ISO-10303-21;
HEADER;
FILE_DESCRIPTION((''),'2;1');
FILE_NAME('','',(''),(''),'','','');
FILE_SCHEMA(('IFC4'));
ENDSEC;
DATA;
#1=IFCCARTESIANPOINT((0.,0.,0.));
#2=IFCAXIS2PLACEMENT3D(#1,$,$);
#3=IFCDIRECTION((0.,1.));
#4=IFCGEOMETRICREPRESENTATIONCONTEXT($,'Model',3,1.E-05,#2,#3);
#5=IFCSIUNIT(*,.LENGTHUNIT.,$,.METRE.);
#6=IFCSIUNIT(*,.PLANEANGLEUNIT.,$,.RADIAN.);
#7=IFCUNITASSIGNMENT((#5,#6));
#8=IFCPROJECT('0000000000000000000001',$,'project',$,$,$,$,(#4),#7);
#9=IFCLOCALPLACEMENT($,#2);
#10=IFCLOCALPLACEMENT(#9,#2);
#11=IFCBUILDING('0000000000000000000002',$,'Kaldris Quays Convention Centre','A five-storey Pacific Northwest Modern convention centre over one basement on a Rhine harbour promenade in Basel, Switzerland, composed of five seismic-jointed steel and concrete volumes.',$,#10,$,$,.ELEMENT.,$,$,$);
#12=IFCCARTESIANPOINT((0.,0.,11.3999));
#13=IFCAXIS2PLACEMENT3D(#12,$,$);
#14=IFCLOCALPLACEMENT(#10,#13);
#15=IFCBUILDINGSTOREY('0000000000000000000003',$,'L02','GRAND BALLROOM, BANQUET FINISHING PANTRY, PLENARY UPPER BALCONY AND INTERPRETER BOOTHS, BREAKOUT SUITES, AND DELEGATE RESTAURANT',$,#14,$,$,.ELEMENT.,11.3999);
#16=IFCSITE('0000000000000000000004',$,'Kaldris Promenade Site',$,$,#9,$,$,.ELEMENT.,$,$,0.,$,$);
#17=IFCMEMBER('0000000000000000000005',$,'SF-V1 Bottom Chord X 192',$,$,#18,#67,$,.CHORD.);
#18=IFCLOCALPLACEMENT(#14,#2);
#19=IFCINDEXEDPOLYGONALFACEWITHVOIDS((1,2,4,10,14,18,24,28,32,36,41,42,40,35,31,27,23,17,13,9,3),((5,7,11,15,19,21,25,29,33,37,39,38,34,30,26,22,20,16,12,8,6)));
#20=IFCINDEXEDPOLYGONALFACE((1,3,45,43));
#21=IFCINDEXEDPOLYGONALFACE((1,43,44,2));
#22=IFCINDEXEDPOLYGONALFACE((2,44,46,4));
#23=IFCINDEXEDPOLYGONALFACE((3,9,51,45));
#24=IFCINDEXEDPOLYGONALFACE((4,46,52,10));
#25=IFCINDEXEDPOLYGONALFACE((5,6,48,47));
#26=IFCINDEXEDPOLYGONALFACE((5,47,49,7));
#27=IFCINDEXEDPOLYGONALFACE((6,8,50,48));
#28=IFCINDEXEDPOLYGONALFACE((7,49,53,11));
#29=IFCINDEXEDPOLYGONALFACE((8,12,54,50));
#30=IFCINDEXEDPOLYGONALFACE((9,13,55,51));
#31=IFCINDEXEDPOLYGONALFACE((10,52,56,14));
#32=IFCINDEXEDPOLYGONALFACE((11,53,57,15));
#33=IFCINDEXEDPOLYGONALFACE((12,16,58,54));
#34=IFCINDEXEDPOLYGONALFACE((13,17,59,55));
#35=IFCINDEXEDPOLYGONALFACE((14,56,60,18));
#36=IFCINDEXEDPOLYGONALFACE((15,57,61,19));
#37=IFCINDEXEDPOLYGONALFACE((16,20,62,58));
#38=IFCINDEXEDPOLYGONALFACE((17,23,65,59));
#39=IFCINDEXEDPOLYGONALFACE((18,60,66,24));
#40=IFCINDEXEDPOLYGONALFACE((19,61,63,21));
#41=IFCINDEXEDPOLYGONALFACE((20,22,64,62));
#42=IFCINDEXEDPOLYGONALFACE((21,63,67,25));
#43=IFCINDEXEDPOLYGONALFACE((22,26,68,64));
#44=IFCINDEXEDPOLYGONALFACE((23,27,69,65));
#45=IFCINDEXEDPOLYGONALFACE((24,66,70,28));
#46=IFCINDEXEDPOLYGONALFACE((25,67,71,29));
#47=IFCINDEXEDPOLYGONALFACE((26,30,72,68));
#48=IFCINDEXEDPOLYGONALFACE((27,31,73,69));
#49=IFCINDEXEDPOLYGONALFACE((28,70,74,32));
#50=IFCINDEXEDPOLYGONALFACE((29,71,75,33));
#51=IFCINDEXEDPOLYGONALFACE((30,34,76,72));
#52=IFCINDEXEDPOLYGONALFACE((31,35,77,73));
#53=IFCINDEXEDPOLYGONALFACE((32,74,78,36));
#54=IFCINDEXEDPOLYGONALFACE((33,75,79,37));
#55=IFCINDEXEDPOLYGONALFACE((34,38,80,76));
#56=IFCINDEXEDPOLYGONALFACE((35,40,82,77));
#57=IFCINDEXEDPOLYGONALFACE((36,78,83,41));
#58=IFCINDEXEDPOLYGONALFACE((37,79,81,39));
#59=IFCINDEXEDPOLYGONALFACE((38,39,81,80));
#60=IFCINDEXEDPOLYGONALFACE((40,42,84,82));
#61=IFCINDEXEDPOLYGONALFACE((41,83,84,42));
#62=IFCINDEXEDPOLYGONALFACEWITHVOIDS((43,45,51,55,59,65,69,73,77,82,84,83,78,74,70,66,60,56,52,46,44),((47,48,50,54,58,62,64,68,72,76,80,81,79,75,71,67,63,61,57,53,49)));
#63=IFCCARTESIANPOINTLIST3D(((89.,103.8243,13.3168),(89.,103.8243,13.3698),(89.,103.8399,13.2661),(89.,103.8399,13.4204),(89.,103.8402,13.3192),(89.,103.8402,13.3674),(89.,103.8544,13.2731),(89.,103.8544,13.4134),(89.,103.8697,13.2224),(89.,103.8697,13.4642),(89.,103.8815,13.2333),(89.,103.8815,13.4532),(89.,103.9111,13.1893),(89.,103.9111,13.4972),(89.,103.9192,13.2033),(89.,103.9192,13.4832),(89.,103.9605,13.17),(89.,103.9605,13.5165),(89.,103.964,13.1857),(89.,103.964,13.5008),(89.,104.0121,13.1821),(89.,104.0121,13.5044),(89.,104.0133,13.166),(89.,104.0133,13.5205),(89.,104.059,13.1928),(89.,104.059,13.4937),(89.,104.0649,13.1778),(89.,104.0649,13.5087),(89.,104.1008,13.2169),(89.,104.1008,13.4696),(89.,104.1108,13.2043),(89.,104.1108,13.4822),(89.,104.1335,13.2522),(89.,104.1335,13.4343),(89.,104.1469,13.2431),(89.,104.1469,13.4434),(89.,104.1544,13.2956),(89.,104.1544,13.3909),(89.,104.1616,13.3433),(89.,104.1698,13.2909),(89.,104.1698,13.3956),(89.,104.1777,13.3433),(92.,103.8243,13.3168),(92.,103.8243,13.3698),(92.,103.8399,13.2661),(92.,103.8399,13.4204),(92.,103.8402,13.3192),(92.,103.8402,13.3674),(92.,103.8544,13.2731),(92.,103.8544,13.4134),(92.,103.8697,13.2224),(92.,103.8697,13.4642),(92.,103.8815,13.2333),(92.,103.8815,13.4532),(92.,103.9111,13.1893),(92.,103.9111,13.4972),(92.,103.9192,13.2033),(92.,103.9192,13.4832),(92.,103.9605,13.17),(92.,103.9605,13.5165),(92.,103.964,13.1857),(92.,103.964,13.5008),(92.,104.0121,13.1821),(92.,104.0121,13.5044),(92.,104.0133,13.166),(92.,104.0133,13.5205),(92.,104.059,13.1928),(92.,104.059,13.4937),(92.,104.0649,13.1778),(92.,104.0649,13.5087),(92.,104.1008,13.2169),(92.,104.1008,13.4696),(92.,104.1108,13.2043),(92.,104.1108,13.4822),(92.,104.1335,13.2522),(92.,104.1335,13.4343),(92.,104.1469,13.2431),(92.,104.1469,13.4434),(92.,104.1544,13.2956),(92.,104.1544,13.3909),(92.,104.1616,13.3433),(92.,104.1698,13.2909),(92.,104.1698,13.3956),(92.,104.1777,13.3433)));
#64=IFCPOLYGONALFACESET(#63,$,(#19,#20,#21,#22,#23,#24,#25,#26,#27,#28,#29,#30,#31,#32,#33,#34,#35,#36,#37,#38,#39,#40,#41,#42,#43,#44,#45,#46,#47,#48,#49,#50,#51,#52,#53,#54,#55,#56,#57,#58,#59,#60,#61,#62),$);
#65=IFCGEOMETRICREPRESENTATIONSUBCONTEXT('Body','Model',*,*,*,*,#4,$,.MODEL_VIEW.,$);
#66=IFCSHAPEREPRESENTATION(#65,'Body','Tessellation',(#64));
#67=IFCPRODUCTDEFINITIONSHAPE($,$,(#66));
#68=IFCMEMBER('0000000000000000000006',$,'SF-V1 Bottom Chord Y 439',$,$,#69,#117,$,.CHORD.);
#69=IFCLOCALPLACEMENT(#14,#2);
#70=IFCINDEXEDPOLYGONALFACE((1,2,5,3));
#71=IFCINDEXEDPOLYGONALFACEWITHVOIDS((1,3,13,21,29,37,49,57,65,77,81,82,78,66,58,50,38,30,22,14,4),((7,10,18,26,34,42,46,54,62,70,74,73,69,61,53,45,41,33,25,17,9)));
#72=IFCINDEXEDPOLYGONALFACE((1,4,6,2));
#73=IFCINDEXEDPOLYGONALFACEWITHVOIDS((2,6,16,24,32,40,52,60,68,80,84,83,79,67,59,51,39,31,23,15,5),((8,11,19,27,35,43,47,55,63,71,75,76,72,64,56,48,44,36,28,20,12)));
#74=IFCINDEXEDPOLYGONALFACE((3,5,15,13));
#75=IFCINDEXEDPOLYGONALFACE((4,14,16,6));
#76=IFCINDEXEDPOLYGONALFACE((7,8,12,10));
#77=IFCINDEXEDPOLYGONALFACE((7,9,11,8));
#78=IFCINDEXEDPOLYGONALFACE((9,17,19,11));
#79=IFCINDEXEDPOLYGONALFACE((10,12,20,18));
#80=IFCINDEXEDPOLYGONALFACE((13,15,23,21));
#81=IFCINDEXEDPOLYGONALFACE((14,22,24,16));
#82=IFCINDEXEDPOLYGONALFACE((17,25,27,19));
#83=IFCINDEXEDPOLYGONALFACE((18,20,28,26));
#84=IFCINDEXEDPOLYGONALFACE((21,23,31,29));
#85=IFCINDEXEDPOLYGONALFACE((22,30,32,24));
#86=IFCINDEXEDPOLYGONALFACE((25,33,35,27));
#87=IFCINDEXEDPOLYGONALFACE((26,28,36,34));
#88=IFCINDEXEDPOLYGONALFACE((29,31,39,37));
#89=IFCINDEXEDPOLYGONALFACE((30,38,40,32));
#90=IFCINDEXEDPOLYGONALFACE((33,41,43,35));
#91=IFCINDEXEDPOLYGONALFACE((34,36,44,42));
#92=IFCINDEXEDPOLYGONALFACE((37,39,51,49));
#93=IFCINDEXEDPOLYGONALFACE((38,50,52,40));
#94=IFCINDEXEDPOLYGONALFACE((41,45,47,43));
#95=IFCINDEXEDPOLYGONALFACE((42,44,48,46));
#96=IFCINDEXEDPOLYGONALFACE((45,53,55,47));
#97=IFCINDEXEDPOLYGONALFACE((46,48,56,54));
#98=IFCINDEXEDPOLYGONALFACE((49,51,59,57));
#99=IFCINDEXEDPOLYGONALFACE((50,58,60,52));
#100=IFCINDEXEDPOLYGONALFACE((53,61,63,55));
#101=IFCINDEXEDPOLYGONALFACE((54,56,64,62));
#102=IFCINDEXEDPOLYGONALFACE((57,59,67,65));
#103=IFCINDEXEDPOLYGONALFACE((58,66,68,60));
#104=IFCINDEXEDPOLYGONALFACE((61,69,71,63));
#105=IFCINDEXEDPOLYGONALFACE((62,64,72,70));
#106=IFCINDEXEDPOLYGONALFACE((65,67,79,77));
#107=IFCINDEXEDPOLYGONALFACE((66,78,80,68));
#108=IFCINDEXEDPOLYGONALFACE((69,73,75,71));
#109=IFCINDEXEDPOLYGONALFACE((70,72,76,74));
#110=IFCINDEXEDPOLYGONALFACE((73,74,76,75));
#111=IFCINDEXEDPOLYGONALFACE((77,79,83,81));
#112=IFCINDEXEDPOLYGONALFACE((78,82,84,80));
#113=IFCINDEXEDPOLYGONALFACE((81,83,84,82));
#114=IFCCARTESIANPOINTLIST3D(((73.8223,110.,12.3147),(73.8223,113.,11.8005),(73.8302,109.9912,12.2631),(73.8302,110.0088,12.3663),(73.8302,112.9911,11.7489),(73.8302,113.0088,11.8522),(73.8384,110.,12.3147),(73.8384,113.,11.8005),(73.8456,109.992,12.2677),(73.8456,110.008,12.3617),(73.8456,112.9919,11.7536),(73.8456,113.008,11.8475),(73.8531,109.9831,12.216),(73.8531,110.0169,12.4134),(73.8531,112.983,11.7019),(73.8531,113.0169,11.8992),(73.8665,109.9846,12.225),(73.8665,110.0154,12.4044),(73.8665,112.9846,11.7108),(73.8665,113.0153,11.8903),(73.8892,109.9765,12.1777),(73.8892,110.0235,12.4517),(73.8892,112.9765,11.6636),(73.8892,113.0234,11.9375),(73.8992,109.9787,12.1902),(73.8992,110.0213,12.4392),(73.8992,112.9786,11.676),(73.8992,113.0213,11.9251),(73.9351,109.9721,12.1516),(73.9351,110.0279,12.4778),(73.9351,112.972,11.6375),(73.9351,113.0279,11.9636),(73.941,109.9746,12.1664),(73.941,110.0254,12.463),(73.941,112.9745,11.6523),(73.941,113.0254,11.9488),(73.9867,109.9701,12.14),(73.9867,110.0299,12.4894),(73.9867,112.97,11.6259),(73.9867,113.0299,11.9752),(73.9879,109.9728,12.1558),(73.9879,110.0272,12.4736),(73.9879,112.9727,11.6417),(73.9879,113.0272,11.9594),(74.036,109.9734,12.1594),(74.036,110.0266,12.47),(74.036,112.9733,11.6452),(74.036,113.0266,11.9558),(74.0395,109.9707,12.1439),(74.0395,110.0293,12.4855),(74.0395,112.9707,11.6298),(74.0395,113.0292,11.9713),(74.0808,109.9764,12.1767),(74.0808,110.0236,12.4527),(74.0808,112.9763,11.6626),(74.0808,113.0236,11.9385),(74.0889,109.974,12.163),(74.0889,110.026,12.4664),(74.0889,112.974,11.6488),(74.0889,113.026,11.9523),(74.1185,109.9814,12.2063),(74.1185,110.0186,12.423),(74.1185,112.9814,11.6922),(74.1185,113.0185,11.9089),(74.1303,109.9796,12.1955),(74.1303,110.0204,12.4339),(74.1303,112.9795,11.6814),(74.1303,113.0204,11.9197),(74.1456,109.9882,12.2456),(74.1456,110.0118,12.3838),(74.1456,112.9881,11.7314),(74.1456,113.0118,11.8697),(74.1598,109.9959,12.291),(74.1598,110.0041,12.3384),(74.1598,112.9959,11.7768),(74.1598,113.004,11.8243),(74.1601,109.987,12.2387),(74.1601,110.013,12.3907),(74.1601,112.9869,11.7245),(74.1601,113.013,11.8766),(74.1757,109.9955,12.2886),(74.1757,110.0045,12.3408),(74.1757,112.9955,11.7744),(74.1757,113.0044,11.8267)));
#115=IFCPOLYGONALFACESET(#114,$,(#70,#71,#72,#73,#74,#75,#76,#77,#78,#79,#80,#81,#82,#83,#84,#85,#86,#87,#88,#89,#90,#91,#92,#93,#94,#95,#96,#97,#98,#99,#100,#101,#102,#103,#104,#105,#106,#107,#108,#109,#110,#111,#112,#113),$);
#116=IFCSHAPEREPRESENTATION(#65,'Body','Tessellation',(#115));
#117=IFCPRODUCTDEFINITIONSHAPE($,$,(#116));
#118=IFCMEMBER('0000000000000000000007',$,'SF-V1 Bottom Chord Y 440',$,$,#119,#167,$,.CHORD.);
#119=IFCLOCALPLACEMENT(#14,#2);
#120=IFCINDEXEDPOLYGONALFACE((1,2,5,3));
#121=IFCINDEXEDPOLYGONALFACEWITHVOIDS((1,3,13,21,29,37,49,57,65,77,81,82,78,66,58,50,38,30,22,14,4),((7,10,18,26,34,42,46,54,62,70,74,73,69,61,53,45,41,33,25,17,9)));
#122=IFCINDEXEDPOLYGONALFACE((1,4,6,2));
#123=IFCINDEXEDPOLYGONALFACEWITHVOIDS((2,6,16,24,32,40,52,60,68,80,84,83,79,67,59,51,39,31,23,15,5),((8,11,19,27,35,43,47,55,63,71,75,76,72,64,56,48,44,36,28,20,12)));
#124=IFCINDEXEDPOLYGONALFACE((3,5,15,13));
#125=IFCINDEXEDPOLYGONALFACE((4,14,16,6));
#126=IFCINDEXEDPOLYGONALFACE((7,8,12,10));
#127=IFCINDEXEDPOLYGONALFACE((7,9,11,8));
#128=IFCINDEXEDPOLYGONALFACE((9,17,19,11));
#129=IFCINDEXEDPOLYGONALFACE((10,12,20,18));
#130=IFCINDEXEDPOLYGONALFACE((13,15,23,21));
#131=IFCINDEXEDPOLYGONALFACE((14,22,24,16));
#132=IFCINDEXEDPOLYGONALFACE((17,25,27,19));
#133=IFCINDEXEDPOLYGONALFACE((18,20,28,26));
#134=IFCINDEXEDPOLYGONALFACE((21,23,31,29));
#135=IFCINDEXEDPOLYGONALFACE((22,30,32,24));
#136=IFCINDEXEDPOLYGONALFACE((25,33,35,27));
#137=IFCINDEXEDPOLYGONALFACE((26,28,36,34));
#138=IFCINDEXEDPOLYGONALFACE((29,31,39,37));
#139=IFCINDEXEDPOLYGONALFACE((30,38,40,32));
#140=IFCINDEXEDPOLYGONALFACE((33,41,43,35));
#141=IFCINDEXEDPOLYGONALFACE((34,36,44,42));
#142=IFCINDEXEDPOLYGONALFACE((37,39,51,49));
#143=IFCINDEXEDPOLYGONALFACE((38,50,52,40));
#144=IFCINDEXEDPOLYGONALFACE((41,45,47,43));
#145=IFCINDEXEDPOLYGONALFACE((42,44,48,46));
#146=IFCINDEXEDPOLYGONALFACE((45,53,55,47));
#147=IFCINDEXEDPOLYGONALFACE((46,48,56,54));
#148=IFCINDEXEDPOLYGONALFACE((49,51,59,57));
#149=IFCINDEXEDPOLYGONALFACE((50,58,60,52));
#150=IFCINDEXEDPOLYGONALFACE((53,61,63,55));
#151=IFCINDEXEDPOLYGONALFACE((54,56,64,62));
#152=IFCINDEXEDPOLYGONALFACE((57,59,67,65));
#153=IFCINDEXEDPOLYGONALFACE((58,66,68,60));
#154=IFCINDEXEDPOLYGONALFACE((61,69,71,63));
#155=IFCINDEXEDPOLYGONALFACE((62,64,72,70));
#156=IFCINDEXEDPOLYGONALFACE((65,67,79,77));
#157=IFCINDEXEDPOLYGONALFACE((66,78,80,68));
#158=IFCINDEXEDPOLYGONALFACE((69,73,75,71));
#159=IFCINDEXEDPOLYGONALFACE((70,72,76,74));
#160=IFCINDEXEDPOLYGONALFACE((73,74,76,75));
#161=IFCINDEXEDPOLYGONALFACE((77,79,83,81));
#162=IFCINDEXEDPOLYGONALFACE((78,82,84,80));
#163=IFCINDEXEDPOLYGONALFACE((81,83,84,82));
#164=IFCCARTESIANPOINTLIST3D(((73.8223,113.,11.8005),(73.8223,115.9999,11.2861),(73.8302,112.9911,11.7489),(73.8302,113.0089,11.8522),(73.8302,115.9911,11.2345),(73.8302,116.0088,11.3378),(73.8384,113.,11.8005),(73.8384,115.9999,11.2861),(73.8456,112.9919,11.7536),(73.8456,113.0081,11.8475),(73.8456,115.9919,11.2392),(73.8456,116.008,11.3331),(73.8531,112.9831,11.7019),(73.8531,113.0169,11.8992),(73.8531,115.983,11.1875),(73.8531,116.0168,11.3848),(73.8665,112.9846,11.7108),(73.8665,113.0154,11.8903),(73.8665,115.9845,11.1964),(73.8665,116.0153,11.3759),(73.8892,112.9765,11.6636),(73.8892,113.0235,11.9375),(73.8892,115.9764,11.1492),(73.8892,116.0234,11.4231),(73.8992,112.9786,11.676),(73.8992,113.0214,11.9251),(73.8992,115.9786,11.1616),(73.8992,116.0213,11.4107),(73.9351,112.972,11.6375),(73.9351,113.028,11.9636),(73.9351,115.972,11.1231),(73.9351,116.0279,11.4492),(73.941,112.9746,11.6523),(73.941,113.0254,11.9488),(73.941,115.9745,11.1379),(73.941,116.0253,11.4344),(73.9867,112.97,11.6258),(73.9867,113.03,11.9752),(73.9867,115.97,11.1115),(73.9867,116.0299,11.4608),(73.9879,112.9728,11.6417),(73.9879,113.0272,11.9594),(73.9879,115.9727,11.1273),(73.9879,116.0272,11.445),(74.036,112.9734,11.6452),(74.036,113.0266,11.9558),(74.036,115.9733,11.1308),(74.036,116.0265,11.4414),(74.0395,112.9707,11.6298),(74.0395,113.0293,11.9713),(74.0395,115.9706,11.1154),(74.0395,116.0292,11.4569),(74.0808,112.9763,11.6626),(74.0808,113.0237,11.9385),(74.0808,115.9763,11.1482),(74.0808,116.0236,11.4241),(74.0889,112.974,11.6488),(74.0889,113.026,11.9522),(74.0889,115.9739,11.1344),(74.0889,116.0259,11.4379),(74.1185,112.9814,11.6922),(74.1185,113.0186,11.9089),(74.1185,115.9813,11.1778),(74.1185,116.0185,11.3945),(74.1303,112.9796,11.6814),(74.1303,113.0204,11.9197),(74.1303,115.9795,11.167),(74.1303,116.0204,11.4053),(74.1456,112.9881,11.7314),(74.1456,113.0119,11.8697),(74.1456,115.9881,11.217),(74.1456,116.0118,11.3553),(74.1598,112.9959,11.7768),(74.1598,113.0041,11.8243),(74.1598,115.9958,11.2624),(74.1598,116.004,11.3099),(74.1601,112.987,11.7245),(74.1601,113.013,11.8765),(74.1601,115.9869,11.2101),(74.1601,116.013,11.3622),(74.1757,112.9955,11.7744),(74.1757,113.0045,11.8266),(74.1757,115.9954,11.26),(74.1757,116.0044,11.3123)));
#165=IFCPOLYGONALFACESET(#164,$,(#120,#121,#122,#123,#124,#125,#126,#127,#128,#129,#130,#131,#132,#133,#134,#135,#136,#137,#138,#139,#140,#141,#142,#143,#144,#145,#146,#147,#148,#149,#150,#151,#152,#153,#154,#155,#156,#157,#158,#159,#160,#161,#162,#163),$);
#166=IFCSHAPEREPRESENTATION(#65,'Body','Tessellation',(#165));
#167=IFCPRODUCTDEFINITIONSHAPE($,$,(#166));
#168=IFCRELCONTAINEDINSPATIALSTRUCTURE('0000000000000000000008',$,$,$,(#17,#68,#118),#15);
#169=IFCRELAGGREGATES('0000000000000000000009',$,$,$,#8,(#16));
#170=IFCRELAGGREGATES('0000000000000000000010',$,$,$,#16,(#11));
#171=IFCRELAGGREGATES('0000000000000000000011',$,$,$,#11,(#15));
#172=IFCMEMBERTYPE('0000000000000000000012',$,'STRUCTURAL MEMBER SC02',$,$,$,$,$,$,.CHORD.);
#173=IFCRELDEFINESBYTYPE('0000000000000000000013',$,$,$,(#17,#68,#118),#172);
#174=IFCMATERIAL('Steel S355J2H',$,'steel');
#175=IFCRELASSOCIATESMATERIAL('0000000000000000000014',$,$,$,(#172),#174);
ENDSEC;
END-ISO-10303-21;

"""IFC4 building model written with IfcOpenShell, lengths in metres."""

from ifc_helpers import new_model, si_unit, direction, frame, origin, origin_2d, place, context, subcontext, project, spatial, hollow_circle, extrude, material, material_profile, profile_set, type_object, element, save


model = new_model("IFC4")

# Units and contexts
model_context = context("Model", 3, precision=1e-05, world=origin(), true_north=direction((0.0, 1.0)))
body_context = subcontext(model_context, "Body", "Model", "MODEL_VIEW")
ifc_project = project(units=[si_unit("LENGTHUNIT", "METRE"), si_unit("PLANEANGLEUNIT", "RADIAN")], contexts=[model_context])

# Site, building, storey
site_placement = place(None, origin())
site = spatial("IfcSite", under=ifc_project, at=site_placement, Name="Kaldris Promenade Site", CompositionType="ELEMENT", RefElevation=0.0)
building_placement = place(site_placement, origin())
building = spatial("IfcBuilding", under=site, at=building_placement, Name="Kaldris Quays Convention Centre", Description="A five-storey Pacific Northwest Modern convention centre over one basement on a Rhine harbour promenade in Basel, Switzerland, composed of five seismic-jointed steel and concrete volumes.", CompositionType="ELEMENT")
storey_placement = place(building_placement, frame((0.0, 0.0, 11.3999)))
storey = spatial("IfcBuildingStorey", under=building, at=storey_placement, Name="L02", Description="GRAND BALLROOM, BANQUET FINISHING PANTRY, PLENARY UPPER BALCONY AND INTERPRETER BOOTHS, BREAKOUT SUITES, AND DELEGATE RESTAURANT", CompositionType="ELEMENT", Elevation=11.3999)

# Members
ifc_material_1 = material(Name="Steel S355J2H", Category="steel")
ifc_material_profile_1 = material_profile(ifc_material_1, hollow_circle(Radius=0.1777, WallThickness=0.0161, at=origin_2d()), Name="CHS 355.6x16")
ifc_profile_set_1 = profile_set([ifc_material_profile_1], Name="Steel S355J2H")
member_type_1 = type_object("IfcMemberType", Name="STRUCTURAL MEMBER SC02", PredefinedType="CHORD", material=ifc_profile_set_1)
for number, where, z_axis, x_axis, name in (
    (1, (89.0, 104.0, 13.3433), (1.0, 0.0, 0.0), (0.0, 1.0, 0.0), "SF-V1 Bottom Chord X 192"),
):
    element("IfcMember", number, at=place(storey_placement, frame(where, z_axis=z_axis, x_axis=x_axis)), inside=storey, type_object=member_type_1, Name=name, PredefinedType="CHORD", context=body_context, shape_type="SweptSolid", body=[
        extrude(hollow_circle(Radius=0.1777, WallThickness=0.0161, at=origin_2d()), origin(), (0.0, 0.0, 1.0), 3.0),
    ])
for number, where, z_axis, x_axis, name in (
    (2, (74.0, 110.0, 12.3147), (0.0, 0.985629, -0.168924), (-1.0, 0.0, 0.0), "SF-V1 Bottom Chord Y 439"),
    (3, (74.0, 113.0, 11.8005), (0.0, 0.985616, -0.169002), (-1.0, 0.0, 0.0), "SF-V1 Bottom Chord Y 440"),
):
    element("IfcMember", number, at=place(storey_placement, frame(where, z_axis=z_axis, x_axis=x_axis)), inside=storey, type_object=member_type_1, Name=name, PredefinedType="CHORD", context=body_context, shape_type="SweptSolid", body=[
        extrude(hollow_circle(Radius=0.1777, WallThickness=0.0161, at=origin_2d()), origin(), (0.0, 0.0, 1.0), 3.0437),
    ])

save(model, "model.ifc")
